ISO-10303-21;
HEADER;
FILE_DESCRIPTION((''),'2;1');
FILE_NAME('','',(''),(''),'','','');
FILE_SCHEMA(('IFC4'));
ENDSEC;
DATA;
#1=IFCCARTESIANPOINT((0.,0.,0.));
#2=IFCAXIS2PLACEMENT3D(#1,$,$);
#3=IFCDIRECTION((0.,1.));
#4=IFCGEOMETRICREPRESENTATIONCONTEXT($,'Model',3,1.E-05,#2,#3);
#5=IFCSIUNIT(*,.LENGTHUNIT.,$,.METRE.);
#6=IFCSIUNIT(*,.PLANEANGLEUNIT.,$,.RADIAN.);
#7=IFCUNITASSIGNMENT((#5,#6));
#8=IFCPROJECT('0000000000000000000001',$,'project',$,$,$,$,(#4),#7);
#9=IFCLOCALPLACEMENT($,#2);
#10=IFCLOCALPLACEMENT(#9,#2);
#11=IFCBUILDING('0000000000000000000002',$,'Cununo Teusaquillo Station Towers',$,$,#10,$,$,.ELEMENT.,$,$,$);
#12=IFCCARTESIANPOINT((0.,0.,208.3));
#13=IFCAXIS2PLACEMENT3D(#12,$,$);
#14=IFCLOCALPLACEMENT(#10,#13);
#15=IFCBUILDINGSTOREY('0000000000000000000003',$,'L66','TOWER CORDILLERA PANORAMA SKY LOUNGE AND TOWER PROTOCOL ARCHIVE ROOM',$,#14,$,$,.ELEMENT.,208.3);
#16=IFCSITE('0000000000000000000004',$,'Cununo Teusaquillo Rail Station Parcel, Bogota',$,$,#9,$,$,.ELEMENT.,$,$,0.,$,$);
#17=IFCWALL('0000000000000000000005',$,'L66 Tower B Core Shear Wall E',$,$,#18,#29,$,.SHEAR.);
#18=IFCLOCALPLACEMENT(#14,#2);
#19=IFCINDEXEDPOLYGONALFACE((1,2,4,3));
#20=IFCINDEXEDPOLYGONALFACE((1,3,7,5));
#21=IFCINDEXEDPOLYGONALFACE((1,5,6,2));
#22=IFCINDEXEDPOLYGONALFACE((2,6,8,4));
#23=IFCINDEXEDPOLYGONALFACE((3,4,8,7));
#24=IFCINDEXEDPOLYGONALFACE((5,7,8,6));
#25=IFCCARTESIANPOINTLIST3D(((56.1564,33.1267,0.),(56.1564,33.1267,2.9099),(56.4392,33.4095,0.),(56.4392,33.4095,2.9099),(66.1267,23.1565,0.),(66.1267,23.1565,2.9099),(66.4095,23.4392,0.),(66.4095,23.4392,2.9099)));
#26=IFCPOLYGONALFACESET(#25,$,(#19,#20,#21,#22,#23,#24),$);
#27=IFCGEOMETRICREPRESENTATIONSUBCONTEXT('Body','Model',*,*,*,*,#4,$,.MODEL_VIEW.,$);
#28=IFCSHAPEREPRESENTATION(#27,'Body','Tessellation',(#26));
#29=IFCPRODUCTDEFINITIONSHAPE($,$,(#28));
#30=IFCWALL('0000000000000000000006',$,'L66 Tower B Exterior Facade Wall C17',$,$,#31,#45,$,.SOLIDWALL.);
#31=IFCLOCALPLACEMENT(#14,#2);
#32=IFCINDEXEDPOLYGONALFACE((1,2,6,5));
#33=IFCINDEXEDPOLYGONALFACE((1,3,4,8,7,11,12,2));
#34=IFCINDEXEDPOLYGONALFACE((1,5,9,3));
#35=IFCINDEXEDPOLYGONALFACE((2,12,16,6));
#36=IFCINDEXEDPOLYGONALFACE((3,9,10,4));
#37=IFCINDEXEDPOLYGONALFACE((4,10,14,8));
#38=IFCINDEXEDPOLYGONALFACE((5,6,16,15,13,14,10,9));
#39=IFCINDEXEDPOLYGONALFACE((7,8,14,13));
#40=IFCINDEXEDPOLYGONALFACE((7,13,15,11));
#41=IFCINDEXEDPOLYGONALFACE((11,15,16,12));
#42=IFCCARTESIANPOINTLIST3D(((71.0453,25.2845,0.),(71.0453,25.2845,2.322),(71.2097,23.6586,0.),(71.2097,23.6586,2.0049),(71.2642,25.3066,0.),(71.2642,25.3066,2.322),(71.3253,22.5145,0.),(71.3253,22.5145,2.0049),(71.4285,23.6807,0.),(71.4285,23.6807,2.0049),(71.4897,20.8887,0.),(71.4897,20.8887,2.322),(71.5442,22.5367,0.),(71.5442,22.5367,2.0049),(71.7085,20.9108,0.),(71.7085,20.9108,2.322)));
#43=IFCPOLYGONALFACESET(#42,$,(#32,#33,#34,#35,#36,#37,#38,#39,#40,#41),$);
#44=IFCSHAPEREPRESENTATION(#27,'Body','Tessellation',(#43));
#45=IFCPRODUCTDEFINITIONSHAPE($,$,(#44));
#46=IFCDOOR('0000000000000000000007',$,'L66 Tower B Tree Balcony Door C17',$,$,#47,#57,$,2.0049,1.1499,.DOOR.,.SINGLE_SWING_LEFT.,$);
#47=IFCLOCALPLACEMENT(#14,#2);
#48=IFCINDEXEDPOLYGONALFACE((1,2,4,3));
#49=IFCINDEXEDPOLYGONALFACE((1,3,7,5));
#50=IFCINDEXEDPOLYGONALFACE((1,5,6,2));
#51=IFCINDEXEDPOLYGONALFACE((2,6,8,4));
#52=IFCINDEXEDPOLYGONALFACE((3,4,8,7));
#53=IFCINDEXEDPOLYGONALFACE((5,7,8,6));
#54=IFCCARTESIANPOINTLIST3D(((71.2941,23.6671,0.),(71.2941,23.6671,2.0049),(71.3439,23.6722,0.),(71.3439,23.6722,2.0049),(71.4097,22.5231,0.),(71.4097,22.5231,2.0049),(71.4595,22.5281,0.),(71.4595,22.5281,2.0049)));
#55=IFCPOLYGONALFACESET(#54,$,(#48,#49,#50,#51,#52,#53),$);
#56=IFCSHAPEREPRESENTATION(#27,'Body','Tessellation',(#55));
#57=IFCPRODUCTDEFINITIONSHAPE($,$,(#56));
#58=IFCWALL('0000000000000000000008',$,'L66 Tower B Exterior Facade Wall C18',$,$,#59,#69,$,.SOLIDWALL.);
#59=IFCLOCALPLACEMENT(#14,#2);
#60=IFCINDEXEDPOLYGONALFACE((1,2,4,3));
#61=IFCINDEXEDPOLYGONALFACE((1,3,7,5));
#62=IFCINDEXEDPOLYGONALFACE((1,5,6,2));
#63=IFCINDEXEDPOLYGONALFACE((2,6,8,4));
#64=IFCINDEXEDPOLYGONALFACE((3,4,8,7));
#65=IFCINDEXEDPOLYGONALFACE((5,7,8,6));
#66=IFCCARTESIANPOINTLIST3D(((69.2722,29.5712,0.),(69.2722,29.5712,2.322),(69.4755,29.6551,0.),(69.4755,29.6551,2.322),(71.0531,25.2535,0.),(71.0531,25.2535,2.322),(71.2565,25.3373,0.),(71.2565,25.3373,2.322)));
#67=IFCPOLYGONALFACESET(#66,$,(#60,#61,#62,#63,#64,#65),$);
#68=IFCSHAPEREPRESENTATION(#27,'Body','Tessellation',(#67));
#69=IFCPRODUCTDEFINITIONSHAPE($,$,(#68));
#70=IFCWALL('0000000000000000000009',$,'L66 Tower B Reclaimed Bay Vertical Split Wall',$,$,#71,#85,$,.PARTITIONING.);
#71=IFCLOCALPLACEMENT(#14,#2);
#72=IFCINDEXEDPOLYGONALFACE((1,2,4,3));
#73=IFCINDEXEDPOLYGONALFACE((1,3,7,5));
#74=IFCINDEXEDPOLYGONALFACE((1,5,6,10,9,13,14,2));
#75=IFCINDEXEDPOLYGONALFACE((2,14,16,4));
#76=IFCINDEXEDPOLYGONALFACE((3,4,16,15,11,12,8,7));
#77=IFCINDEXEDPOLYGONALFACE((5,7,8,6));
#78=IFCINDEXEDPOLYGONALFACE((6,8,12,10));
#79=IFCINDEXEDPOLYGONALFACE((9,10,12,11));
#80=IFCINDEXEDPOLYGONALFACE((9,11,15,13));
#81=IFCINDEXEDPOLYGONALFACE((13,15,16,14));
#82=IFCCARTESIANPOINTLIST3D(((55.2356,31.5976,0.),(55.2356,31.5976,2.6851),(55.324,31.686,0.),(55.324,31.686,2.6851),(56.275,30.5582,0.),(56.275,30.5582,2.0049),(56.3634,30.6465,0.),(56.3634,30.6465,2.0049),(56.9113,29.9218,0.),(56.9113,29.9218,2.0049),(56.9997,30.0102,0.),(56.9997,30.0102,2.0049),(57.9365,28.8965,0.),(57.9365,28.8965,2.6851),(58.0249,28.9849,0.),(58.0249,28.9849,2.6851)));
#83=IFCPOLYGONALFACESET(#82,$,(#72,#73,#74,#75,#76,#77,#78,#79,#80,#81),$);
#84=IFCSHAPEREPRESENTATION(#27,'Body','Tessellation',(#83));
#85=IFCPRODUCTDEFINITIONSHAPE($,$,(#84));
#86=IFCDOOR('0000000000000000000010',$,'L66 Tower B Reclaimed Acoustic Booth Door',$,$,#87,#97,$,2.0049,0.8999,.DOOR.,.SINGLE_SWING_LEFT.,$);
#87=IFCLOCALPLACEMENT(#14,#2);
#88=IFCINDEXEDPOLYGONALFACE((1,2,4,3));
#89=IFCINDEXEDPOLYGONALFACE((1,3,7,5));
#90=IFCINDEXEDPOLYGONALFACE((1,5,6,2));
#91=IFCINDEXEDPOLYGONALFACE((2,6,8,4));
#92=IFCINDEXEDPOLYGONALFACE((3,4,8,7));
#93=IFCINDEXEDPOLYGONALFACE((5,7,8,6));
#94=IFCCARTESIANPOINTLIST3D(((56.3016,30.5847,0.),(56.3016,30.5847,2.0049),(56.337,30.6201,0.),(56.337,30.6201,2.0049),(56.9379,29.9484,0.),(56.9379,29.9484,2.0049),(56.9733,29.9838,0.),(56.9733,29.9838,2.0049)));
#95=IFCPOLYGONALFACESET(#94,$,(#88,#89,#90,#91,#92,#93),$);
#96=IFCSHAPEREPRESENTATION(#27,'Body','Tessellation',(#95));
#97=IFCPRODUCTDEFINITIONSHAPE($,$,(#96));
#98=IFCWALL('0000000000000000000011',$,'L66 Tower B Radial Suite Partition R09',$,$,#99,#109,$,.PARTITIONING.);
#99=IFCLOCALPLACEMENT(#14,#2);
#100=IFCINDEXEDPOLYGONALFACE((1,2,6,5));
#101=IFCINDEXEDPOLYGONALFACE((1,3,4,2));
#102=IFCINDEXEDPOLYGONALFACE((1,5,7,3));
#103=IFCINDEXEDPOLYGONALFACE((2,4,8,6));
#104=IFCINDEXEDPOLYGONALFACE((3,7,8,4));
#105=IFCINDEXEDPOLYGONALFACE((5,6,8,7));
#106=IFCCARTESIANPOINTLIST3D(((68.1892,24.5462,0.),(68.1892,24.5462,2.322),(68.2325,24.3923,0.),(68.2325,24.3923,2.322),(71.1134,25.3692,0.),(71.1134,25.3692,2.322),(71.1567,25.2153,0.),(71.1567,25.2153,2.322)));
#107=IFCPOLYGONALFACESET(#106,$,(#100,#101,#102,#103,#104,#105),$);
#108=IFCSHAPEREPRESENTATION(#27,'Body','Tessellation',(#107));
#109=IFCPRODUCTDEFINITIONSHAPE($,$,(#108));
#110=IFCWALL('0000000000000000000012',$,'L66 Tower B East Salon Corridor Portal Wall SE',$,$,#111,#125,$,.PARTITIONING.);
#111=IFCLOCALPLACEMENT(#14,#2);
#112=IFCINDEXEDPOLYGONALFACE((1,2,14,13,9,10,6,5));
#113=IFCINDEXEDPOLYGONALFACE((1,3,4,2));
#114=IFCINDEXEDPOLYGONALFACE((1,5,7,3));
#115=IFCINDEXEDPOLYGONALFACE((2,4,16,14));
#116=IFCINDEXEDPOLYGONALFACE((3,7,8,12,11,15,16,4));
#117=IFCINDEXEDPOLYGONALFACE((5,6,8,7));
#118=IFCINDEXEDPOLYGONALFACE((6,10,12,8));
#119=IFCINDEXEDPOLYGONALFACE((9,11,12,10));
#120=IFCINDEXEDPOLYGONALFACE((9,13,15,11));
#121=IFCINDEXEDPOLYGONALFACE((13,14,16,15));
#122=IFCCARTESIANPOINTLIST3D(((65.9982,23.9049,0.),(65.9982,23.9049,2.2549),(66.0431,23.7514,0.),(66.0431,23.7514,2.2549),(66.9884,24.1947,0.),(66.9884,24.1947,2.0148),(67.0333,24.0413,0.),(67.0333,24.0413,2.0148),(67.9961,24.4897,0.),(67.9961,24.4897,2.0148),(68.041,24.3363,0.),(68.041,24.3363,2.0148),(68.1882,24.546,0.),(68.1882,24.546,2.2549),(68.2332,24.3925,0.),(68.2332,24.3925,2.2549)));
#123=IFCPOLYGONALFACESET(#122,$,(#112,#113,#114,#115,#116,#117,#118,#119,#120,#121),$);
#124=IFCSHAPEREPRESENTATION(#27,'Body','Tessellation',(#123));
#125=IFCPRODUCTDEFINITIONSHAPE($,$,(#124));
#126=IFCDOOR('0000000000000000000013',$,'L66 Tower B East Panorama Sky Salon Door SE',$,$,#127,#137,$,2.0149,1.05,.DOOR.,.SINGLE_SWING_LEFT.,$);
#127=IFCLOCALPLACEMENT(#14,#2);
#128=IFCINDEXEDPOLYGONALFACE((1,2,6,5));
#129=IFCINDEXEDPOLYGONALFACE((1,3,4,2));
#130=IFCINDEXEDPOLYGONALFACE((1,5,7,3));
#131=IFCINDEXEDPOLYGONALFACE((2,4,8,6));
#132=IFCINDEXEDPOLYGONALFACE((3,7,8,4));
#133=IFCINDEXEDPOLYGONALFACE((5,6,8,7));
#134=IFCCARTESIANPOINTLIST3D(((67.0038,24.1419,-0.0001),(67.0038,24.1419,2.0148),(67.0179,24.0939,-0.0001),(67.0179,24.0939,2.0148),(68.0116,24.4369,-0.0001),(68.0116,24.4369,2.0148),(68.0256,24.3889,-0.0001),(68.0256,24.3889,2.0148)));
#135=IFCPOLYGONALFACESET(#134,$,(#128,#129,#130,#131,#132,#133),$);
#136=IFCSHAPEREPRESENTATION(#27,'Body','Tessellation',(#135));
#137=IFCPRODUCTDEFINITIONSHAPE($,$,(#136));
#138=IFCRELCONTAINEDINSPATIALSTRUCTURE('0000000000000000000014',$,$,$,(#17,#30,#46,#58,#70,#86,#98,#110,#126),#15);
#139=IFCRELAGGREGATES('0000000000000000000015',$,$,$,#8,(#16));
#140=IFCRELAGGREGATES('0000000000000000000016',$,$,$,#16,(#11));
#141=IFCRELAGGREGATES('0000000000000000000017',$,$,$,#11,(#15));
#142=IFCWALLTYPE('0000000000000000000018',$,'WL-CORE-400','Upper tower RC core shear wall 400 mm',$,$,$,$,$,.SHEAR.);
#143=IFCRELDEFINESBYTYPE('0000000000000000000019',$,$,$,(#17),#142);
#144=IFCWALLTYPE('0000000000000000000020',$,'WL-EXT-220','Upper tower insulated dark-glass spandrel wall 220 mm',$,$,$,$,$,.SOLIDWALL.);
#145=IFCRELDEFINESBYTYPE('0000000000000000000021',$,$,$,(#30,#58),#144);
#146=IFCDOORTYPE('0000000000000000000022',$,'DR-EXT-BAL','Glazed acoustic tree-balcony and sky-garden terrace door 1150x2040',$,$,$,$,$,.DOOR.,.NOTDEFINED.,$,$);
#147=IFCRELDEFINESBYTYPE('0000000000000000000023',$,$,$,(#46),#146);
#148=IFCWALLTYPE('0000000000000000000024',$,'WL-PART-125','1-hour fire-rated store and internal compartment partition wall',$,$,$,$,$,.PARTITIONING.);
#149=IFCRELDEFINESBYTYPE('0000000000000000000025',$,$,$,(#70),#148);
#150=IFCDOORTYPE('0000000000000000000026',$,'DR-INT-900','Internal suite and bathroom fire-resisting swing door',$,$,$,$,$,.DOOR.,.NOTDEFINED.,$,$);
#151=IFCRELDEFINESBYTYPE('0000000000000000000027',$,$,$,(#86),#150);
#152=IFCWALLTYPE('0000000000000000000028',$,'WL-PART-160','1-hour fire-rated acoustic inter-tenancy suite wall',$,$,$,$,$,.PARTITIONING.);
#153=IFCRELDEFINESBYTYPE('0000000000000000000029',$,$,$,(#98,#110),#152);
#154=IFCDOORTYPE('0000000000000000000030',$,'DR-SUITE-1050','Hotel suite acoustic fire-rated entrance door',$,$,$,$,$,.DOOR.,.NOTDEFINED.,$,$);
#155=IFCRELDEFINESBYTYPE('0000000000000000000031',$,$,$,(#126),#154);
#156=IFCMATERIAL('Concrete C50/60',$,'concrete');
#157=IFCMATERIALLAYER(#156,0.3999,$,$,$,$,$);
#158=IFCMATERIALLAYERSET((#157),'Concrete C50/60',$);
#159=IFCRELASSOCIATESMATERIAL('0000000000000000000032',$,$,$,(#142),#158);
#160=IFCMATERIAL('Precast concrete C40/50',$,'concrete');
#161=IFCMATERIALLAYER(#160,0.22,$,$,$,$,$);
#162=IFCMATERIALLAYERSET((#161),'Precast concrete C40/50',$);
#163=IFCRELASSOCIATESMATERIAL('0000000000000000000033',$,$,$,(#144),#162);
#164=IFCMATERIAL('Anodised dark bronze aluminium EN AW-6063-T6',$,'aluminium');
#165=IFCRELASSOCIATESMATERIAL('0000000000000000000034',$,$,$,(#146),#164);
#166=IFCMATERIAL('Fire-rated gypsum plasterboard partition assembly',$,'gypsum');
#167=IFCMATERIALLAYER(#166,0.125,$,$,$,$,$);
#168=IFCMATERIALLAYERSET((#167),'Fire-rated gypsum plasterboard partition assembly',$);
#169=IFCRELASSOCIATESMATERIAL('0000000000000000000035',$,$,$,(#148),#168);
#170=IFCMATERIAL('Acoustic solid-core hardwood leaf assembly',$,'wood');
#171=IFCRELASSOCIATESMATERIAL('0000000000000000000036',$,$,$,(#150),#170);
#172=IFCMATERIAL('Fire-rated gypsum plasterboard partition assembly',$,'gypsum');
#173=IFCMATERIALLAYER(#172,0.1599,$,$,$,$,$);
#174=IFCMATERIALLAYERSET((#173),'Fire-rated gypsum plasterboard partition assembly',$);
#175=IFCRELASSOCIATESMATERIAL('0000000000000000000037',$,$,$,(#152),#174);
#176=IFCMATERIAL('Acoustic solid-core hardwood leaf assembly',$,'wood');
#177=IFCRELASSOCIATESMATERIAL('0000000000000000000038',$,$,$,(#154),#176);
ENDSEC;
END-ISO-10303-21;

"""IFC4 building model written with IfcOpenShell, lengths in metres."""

from ifc_helpers import new_model, si_unit, direction, frame, frame_2d, origin, place, context, subcontext, project, spatial, rectangle, extrude, source, transform, mapped, material, layer, layer_set, type_object, element, fill, save


model = new_model("IFC4")

# Units and contexts
model_context = context("Model", 3, precision=1e-05, world=origin(), true_north=direction((0.0, 1.0)))
body_context = subcontext(model_context, "Body", "Model", "MODEL_VIEW")
ifc_project = project(units=[si_unit("LENGTHUNIT", "METRE"), si_unit("PLANEANGLEUNIT", "RADIAN")], contexts=[model_context])

# Site, building, storey
site_placement = place(None, origin())
site = spatial("IfcSite", under=ifc_project, at=site_placement, Name="Cununo Teusaquillo Rail Station Parcel, Bogota", CompositionType="ELEMENT", RefElevation=0.0)
building_placement = place(site_placement, origin())
building = spatial("IfcBuilding", under=site, at=building_placement, Name="Cununo Teusaquillo Station Towers", CompositionType="ELEMENT")
storey_placement = place(building_placement, frame((0.0, 0.0, 208.3)))
storey = spatial("IfcBuildingStorey", under=building, at=storey_placement, Name="L66", Description="TOWER CORDILLERA PANORAMA SKY LOUNGE AND TOWER PROTOCOL ARCHIVE ROOM", CompositionType="ELEMENT", Elevation=208.3)

# Wall
ifc_material_1 = material(Name="Concrete C50/60", Category="concrete")
ifc_layer_1 = layer(ifc_material_1, 0.3999)
ifc_layer_set_1 = layer_set([ifc_layer_1], Name="Concrete C50/60")
wall_type_1 = type_object("IfcWallType", Name="WL-CORE-400", Description="Upper tower RC core shear wall 400 mm", PredefinedType="SHEAR", material=ifc_layer_set_1)
wall_1_placement = place(storey_placement, frame((66.2681, 23.2979, 0.0), z_axis=(0.0, 0.0, 1.0), x_axis=(-0.707107, 0.707107, 0.0)))
element("IfcWall", 1, at=wall_1_placement, inside=storey, type_object=wall_type_1, Name="L66 Tower B Core Shear Wall E", PredefinedType="SHEAR", context=body_context, shape_type="SweptSolid", body=[
    extrude(rectangle(XDim=14.1001, YDim=0.3999, at=frame_2d((7.05, 0.0))), origin(), (0.0, 0.0, 1.0), 2.9099),
])

# Wall, opening, door
ifc_material_2 = material(Name="Precast concrete C40/50", Category="concrete")
ifc_layer_2 = layer(ifc_material_2, 0.22)
ifc_layer_set_2 = layer_set([ifc_layer_2], Name="Precast concrete C40/50")
wall_type_2 = type_object("IfcWallType", Name="WL-EXT-220", Description="Upper tower insulated dark-glass spandrel wall 220 mm", PredefinedType="SOLIDWALL", material=ifc_layer_set_2)
wall_2_placement = place(storey_placement, frame((71.1548, 25.2954, 0.0), z_axis=(0.0, 0.0, 1.0), x_axis=(0.100571, -0.99493, 0.0)))
wall_2 = element("IfcWall", 2, at=wall_2_placement, inside=storey, type_object=wall_type_2, Name="L66 Tower B Exterior Facade Wall C17", PredefinedType="SOLIDWALL", context=body_context, shape_type="SweptSolid", body=[
    extrude(rectangle(XDim=4.4182, YDim=0.22, at=frame_2d((2.209, 0.0))), origin(), (0.0, 0.0, 1.0), 2.322),
])
shared_shape_1 = source(origin(), body_context, "Body", "SweptSolid", [
    extrude(rectangle(XDim=1.1499, YDim=2.0049, at=frame_2d((0.575, 1.0024))), frame((0.0, 0.1199, 0.0), z_axis=(0.0, -1.0, 0.0), x_axis=(1.0, 0.0, 0.0)), (0.0, 0.0, 1.0), 0.24),
])
opening_1_placement = place(wall_2_placement, frame((1.634, 0.0, 0.0)))
opening_1 = element("IfcOpeningElement", 3, at=opening_1_placement, cuts=wall_2, PredefinedType="OPENING", context=body_context, shape_type="MappedRepresentation", body=[
    mapped(shared_shape_1, transform((0.0, 0.0, 0.0), x_axis=(1.0, 0.0, 0.0), y_axis=(0.0, 1.0, 0.0), z_axis=(0.0, 0.0, 1.0), scale=1.0)),
])
ifc_material_3 = material(Name="Anodised dark bronze aluminium EN AW-6063-T6", Category="aluminium")
door_type_1 = type_object("IfcDoorType", Name="DR-EXT-BAL", Description="Glazed acoustic tree-balcony and sky-garden terrace door 1150x2040", OperationType="NOTDEFINED", PredefinedType="DOOR", material=ifc_material_3)
shared_shape_2 = source(origin(), body_context, "Body", "SweptSolid", [
    extrude(rectangle(XDim=1.1499, YDim=2.0049, at=frame_2d((0.575, 1.0024))), frame((0.0, 0.0249, 0.0), z_axis=(0.0, -1.0, 0.0), x_axis=(1.0, 0.0, 0.0)), (0.0, 0.0, 1.0), 0.05),
])
door_1_placement = place(opening_1_placement, origin())
door_1 = element("IfcDoor", 4, at=door_1_placement, inside=storey, type_object=door_type_1, Name="L66 Tower B Tree Balcony Door C17", OperationType="SINGLE_SWING_LEFT", OverallHeight=2.0049, OverallWidth=1.1499, PredefinedType="DOOR", context=body_context, shape_type="MappedRepresentation", body=[
    mapped(shared_shape_2, transform((0.0, 0.0, 0.0), x_axis=(1.0, 0.0, 0.0), y_axis=(0.0, 1.0, 0.0), z_axis=(0.0, 0.0, 1.0), scale=1.0)),
])
fill(opening_1, door_1)

# Wall
wall_3_placement = place(storey_placement, frame((69.3738, 29.6133, 0.0), z_axis=(0.0, 0.0, 1.0), x_axis=(0.38131, -0.924447, 0.0)))
element("IfcWall", 5, at=wall_3_placement, inside=storey, type_object=wall_type_2, Name="L66 Tower B Exterior Facade Wall C18", PredefinedType="SOLIDWALL", context=body_context, shape_type="SweptSolid", body=[
    extrude(rectangle(XDim=4.6707, YDim=0.22, at=frame_2d((2.3354, 0.0))), origin(), (0.0, 0.0, 1.0), 2.322),
])

# Wall, opening, door
ifc_material_4 = material(Name="Fire-rated gypsum plasterboard partition assembly", Category="gypsum")
ifc_layer_3 = layer(ifc_material_4, 0.125)
ifc_layer_set_3 = layer_set([ifc_layer_3], Name="Fire-rated gypsum plasterboard partition assembly")
wall_type_3 = type_object("IfcWallType", Name="WL-PART-125", Description="1-hour fire-rated store and internal compartment partition wall", PredefinedType="PARTITIONING", material=ifc_layer_set_3)
wall_4_placement = place(storey_placement, frame((57.9807, 28.9407, 0.0), z_axis=(0.0, 0.0, 1.0), x_axis=(-0.707075, 0.707139, 0.0)))
wall_4 = element("IfcWall", 6, at=wall_4_placement, inside=storey, type_object=wall_type_3, Name="L66 Tower B Reclaimed Bay Vertical Split Wall", PredefinedType="PARTITIONING", context=body_context, shape_type="SweptSolid", body=[
    extrude(rectangle(XDim=3.8198, YDim=0.125, at=frame_2d((1.9099, 0.0))), origin(), (0.0, 0.0, 1.0), 2.6851),
])
shared_shape_3 = source(origin(), body_context, "Body", "SweptSolid", [
    extrude(rectangle(XDim=0.8999, YDim=2.0049, at=frame_2d((0.45, 1.0024))), frame((0.0, 0.0725, 0.0), z_axis=(0.0, -1.0, 0.0), x_axis=(1.0, 0.0, 0.0)), (0.0, 0.0, 1.0), 0.145),
])
opening_2_placement = place(wall_4_placement, frame((1.45, 0.0, 0.0)))
opening_2 = element("IfcOpeningElement", 7, at=opening_2_placement, cuts=wall_4, PredefinedType="OPENING", context=body_context, shape_type="MappedRepresentation", body=[
    mapped(shared_shape_3, transform((0.0, 0.0, 0.0), x_axis=(1.0, 0.0, 0.0), y_axis=(0.0, 1.0, 0.0), z_axis=(0.0, 0.0, 1.0), scale=1.0)),
])
ifc_material_5 = material(Name="Acoustic solid-core hardwood leaf assembly", Category="wood")
door_type_2 = type_object("IfcDoorType", Name="DR-INT-900", Description="Internal suite and bathroom fire-resisting swing door", OperationType="NOTDEFINED", PredefinedType="DOOR", material=ifc_material_5)
shared_shape_4 = source(origin(), body_context, "Body", "SweptSolid", [
    extrude(rectangle(XDim=0.8999, YDim=2.0049, at=frame_2d((0.45, 1.0024))), frame((0.0, 0.0249, 0.0), z_axis=(0.0, -1.0, 0.0), x_axis=(1.0, 0.0, 0.0)), (0.0, 0.0, 1.0), 0.05),
])
door_2_placement = place(opening_2_placement, origin())
door_2 = element("IfcDoor", 8, at=door_2_placement, inside=storey, type_object=door_type_2, Name="L66 Tower B Reclaimed Acoustic Booth Door", OperationType="SINGLE_SWING_LEFT", OverallHeight=2.0049, OverallWidth=0.8999, PredefinedType="DOOR", context=body_context, shape_type="MappedRepresentation", body=[
    mapped(shared_shape_4, transform((0.0, 0.0, 0.0), x_axis=(1.0, 0.0, 0.0), y_axis=(0.0, 1.0, 0.0), z_axis=(0.0, 0.0, 1.0), scale=1.0)),
])
fill(opening_2, door_2)

# Wall
ifc_material_6 = material(Name="Fire-rated gypsum plasterboard partition assembly", Category="gypsum")
ifc_layer_4 = layer(ifc_material_6, 0.1599)
ifc_layer_set_4 = layer_set([ifc_layer_4], Name="Fire-rated gypsum plasterboard partition assembly")
wall_type_4 = type_object("IfcWallType", Name="WL-PART-160", Description="1-hour fire-rated acoustic inter-tenancy suite wall", PredefinedType="PARTITIONING", material=ifc_layer_set_4)
wall_5_placement = place(storey_placement, frame((68.2107, 24.4692, 0.0), z_axis=(0.0, 0.0, 1.0), x_axis=(0.962605, 0.270908, 0.0)))
element("IfcWall", 9, at=wall_5_placement, inside=storey, type_object=wall_type_4, Name="L66 Tower B Radial Suite Partition R09", PredefinedType="PARTITIONING", context=body_context, shape_type="SweptSolid", body=[
    extrude(rectangle(XDim=3.0378, YDim=0.1599, at=frame_2d((1.519, 0.0))), origin(), (0.0, 0.0, 1.0), 2.322),
])

# Wall, opening, door
wall_6_placement = place(storey_placement, frame((66.0205, 23.8281, 0.0), z_axis=(0.0, 0.0, 1.0), x_axis=(0.959728, 0.280932, 0.0)))
wall_6 = element("IfcWall", 10, at=wall_6_placement, inside=storey, type_object=wall_type_4, Name="L66 Tower B East Salon Corridor Portal Wall SE", PredefinedType="PARTITIONING", context=body_context, shape_type="SweptSolid", body=[
    extrude(rectangle(XDim=2.282, YDim=0.1599, at=frame_2d((1.1411, 0.0))), origin(), (0.0, 0.0, 1.0), 2.2549),
])
shared_shape_5 = source(origin(), body_context, "Body", "SweptSolid", [
    extrude(rectangle(XDim=1.05, YDim=2.0149, at=frame_2d((0.5249, 1.0073))), frame((0.0, 0.0898, 0.0), z_axis=(0.0, -1.0, 0.0), x_axis=(1.0, 0.0, 0.0)), (0.0, 0.0, 1.0), 0.1799),
])
opening_3_placement = place(wall_6_placement, frame((1.032, 0.0, 0.0)))
opening_3 = element("IfcOpeningElement", 11, at=opening_3_placement, cuts=wall_6, PredefinedType="OPENING", context=body_context, shape_type="MappedRepresentation", body=[
    mapped(shared_shape_5, transform((0.0, 0.0, 0.0), x_axis=(1.0, 0.0, 0.0), y_axis=(0.0, 1.0, 0.0), z_axis=(0.0, 0.0, 1.0), scale=1.0)),
])
ifc_material_7 = material(Name="Acoustic solid-core hardwood leaf assembly", Category="wood")
door_type_3 = type_object("IfcDoorType", Name="DR-SUITE-1050", Description="Hotel suite acoustic fire-rated entrance door", OperationType="NOTDEFINED", PredefinedType="DOOR", material=ifc_material_7)
shared_shape_6 = source(origin(), body_context, "Body", "SweptSolid", [
    extrude(rectangle(XDim=1.05, YDim=2.0149, at=frame_2d((0.5249, 1.0073))), frame((0.0, 0.0249, 0.0), z_axis=(0.0, -1.0, 0.0), x_axis=(1.0, 0.0, 0.0)), (0.0, 0.0, 1.0), 0.05),
])
door_3_placement = place(opening_3_placement, origin())
door_3 = element("IfcDoor", 12, at=door_3_placement, inside=storey, type_object=door_type_3, Name="L66 Tower B East Panorama Sky Salon Door SE", OperationType="SINGLE_SWING_LEFT", OverallHeight=2.0149, OverallWidth=1.05, PredefinedType="DOOR", context=body_context, shape_type="MappedRepresentation", body=[
    mapped(shared_shape_6, transform((0.0, 0.0, 0.0), x_axis=(1.0, 0.0, 0.0), y_axis=(0.0, 1.0, 0.0), z_axis=(0.0, 0.0, 1.0), scale=1.0)),
])
fill(opening_3, door_3)

save(model, "model.ifc")
